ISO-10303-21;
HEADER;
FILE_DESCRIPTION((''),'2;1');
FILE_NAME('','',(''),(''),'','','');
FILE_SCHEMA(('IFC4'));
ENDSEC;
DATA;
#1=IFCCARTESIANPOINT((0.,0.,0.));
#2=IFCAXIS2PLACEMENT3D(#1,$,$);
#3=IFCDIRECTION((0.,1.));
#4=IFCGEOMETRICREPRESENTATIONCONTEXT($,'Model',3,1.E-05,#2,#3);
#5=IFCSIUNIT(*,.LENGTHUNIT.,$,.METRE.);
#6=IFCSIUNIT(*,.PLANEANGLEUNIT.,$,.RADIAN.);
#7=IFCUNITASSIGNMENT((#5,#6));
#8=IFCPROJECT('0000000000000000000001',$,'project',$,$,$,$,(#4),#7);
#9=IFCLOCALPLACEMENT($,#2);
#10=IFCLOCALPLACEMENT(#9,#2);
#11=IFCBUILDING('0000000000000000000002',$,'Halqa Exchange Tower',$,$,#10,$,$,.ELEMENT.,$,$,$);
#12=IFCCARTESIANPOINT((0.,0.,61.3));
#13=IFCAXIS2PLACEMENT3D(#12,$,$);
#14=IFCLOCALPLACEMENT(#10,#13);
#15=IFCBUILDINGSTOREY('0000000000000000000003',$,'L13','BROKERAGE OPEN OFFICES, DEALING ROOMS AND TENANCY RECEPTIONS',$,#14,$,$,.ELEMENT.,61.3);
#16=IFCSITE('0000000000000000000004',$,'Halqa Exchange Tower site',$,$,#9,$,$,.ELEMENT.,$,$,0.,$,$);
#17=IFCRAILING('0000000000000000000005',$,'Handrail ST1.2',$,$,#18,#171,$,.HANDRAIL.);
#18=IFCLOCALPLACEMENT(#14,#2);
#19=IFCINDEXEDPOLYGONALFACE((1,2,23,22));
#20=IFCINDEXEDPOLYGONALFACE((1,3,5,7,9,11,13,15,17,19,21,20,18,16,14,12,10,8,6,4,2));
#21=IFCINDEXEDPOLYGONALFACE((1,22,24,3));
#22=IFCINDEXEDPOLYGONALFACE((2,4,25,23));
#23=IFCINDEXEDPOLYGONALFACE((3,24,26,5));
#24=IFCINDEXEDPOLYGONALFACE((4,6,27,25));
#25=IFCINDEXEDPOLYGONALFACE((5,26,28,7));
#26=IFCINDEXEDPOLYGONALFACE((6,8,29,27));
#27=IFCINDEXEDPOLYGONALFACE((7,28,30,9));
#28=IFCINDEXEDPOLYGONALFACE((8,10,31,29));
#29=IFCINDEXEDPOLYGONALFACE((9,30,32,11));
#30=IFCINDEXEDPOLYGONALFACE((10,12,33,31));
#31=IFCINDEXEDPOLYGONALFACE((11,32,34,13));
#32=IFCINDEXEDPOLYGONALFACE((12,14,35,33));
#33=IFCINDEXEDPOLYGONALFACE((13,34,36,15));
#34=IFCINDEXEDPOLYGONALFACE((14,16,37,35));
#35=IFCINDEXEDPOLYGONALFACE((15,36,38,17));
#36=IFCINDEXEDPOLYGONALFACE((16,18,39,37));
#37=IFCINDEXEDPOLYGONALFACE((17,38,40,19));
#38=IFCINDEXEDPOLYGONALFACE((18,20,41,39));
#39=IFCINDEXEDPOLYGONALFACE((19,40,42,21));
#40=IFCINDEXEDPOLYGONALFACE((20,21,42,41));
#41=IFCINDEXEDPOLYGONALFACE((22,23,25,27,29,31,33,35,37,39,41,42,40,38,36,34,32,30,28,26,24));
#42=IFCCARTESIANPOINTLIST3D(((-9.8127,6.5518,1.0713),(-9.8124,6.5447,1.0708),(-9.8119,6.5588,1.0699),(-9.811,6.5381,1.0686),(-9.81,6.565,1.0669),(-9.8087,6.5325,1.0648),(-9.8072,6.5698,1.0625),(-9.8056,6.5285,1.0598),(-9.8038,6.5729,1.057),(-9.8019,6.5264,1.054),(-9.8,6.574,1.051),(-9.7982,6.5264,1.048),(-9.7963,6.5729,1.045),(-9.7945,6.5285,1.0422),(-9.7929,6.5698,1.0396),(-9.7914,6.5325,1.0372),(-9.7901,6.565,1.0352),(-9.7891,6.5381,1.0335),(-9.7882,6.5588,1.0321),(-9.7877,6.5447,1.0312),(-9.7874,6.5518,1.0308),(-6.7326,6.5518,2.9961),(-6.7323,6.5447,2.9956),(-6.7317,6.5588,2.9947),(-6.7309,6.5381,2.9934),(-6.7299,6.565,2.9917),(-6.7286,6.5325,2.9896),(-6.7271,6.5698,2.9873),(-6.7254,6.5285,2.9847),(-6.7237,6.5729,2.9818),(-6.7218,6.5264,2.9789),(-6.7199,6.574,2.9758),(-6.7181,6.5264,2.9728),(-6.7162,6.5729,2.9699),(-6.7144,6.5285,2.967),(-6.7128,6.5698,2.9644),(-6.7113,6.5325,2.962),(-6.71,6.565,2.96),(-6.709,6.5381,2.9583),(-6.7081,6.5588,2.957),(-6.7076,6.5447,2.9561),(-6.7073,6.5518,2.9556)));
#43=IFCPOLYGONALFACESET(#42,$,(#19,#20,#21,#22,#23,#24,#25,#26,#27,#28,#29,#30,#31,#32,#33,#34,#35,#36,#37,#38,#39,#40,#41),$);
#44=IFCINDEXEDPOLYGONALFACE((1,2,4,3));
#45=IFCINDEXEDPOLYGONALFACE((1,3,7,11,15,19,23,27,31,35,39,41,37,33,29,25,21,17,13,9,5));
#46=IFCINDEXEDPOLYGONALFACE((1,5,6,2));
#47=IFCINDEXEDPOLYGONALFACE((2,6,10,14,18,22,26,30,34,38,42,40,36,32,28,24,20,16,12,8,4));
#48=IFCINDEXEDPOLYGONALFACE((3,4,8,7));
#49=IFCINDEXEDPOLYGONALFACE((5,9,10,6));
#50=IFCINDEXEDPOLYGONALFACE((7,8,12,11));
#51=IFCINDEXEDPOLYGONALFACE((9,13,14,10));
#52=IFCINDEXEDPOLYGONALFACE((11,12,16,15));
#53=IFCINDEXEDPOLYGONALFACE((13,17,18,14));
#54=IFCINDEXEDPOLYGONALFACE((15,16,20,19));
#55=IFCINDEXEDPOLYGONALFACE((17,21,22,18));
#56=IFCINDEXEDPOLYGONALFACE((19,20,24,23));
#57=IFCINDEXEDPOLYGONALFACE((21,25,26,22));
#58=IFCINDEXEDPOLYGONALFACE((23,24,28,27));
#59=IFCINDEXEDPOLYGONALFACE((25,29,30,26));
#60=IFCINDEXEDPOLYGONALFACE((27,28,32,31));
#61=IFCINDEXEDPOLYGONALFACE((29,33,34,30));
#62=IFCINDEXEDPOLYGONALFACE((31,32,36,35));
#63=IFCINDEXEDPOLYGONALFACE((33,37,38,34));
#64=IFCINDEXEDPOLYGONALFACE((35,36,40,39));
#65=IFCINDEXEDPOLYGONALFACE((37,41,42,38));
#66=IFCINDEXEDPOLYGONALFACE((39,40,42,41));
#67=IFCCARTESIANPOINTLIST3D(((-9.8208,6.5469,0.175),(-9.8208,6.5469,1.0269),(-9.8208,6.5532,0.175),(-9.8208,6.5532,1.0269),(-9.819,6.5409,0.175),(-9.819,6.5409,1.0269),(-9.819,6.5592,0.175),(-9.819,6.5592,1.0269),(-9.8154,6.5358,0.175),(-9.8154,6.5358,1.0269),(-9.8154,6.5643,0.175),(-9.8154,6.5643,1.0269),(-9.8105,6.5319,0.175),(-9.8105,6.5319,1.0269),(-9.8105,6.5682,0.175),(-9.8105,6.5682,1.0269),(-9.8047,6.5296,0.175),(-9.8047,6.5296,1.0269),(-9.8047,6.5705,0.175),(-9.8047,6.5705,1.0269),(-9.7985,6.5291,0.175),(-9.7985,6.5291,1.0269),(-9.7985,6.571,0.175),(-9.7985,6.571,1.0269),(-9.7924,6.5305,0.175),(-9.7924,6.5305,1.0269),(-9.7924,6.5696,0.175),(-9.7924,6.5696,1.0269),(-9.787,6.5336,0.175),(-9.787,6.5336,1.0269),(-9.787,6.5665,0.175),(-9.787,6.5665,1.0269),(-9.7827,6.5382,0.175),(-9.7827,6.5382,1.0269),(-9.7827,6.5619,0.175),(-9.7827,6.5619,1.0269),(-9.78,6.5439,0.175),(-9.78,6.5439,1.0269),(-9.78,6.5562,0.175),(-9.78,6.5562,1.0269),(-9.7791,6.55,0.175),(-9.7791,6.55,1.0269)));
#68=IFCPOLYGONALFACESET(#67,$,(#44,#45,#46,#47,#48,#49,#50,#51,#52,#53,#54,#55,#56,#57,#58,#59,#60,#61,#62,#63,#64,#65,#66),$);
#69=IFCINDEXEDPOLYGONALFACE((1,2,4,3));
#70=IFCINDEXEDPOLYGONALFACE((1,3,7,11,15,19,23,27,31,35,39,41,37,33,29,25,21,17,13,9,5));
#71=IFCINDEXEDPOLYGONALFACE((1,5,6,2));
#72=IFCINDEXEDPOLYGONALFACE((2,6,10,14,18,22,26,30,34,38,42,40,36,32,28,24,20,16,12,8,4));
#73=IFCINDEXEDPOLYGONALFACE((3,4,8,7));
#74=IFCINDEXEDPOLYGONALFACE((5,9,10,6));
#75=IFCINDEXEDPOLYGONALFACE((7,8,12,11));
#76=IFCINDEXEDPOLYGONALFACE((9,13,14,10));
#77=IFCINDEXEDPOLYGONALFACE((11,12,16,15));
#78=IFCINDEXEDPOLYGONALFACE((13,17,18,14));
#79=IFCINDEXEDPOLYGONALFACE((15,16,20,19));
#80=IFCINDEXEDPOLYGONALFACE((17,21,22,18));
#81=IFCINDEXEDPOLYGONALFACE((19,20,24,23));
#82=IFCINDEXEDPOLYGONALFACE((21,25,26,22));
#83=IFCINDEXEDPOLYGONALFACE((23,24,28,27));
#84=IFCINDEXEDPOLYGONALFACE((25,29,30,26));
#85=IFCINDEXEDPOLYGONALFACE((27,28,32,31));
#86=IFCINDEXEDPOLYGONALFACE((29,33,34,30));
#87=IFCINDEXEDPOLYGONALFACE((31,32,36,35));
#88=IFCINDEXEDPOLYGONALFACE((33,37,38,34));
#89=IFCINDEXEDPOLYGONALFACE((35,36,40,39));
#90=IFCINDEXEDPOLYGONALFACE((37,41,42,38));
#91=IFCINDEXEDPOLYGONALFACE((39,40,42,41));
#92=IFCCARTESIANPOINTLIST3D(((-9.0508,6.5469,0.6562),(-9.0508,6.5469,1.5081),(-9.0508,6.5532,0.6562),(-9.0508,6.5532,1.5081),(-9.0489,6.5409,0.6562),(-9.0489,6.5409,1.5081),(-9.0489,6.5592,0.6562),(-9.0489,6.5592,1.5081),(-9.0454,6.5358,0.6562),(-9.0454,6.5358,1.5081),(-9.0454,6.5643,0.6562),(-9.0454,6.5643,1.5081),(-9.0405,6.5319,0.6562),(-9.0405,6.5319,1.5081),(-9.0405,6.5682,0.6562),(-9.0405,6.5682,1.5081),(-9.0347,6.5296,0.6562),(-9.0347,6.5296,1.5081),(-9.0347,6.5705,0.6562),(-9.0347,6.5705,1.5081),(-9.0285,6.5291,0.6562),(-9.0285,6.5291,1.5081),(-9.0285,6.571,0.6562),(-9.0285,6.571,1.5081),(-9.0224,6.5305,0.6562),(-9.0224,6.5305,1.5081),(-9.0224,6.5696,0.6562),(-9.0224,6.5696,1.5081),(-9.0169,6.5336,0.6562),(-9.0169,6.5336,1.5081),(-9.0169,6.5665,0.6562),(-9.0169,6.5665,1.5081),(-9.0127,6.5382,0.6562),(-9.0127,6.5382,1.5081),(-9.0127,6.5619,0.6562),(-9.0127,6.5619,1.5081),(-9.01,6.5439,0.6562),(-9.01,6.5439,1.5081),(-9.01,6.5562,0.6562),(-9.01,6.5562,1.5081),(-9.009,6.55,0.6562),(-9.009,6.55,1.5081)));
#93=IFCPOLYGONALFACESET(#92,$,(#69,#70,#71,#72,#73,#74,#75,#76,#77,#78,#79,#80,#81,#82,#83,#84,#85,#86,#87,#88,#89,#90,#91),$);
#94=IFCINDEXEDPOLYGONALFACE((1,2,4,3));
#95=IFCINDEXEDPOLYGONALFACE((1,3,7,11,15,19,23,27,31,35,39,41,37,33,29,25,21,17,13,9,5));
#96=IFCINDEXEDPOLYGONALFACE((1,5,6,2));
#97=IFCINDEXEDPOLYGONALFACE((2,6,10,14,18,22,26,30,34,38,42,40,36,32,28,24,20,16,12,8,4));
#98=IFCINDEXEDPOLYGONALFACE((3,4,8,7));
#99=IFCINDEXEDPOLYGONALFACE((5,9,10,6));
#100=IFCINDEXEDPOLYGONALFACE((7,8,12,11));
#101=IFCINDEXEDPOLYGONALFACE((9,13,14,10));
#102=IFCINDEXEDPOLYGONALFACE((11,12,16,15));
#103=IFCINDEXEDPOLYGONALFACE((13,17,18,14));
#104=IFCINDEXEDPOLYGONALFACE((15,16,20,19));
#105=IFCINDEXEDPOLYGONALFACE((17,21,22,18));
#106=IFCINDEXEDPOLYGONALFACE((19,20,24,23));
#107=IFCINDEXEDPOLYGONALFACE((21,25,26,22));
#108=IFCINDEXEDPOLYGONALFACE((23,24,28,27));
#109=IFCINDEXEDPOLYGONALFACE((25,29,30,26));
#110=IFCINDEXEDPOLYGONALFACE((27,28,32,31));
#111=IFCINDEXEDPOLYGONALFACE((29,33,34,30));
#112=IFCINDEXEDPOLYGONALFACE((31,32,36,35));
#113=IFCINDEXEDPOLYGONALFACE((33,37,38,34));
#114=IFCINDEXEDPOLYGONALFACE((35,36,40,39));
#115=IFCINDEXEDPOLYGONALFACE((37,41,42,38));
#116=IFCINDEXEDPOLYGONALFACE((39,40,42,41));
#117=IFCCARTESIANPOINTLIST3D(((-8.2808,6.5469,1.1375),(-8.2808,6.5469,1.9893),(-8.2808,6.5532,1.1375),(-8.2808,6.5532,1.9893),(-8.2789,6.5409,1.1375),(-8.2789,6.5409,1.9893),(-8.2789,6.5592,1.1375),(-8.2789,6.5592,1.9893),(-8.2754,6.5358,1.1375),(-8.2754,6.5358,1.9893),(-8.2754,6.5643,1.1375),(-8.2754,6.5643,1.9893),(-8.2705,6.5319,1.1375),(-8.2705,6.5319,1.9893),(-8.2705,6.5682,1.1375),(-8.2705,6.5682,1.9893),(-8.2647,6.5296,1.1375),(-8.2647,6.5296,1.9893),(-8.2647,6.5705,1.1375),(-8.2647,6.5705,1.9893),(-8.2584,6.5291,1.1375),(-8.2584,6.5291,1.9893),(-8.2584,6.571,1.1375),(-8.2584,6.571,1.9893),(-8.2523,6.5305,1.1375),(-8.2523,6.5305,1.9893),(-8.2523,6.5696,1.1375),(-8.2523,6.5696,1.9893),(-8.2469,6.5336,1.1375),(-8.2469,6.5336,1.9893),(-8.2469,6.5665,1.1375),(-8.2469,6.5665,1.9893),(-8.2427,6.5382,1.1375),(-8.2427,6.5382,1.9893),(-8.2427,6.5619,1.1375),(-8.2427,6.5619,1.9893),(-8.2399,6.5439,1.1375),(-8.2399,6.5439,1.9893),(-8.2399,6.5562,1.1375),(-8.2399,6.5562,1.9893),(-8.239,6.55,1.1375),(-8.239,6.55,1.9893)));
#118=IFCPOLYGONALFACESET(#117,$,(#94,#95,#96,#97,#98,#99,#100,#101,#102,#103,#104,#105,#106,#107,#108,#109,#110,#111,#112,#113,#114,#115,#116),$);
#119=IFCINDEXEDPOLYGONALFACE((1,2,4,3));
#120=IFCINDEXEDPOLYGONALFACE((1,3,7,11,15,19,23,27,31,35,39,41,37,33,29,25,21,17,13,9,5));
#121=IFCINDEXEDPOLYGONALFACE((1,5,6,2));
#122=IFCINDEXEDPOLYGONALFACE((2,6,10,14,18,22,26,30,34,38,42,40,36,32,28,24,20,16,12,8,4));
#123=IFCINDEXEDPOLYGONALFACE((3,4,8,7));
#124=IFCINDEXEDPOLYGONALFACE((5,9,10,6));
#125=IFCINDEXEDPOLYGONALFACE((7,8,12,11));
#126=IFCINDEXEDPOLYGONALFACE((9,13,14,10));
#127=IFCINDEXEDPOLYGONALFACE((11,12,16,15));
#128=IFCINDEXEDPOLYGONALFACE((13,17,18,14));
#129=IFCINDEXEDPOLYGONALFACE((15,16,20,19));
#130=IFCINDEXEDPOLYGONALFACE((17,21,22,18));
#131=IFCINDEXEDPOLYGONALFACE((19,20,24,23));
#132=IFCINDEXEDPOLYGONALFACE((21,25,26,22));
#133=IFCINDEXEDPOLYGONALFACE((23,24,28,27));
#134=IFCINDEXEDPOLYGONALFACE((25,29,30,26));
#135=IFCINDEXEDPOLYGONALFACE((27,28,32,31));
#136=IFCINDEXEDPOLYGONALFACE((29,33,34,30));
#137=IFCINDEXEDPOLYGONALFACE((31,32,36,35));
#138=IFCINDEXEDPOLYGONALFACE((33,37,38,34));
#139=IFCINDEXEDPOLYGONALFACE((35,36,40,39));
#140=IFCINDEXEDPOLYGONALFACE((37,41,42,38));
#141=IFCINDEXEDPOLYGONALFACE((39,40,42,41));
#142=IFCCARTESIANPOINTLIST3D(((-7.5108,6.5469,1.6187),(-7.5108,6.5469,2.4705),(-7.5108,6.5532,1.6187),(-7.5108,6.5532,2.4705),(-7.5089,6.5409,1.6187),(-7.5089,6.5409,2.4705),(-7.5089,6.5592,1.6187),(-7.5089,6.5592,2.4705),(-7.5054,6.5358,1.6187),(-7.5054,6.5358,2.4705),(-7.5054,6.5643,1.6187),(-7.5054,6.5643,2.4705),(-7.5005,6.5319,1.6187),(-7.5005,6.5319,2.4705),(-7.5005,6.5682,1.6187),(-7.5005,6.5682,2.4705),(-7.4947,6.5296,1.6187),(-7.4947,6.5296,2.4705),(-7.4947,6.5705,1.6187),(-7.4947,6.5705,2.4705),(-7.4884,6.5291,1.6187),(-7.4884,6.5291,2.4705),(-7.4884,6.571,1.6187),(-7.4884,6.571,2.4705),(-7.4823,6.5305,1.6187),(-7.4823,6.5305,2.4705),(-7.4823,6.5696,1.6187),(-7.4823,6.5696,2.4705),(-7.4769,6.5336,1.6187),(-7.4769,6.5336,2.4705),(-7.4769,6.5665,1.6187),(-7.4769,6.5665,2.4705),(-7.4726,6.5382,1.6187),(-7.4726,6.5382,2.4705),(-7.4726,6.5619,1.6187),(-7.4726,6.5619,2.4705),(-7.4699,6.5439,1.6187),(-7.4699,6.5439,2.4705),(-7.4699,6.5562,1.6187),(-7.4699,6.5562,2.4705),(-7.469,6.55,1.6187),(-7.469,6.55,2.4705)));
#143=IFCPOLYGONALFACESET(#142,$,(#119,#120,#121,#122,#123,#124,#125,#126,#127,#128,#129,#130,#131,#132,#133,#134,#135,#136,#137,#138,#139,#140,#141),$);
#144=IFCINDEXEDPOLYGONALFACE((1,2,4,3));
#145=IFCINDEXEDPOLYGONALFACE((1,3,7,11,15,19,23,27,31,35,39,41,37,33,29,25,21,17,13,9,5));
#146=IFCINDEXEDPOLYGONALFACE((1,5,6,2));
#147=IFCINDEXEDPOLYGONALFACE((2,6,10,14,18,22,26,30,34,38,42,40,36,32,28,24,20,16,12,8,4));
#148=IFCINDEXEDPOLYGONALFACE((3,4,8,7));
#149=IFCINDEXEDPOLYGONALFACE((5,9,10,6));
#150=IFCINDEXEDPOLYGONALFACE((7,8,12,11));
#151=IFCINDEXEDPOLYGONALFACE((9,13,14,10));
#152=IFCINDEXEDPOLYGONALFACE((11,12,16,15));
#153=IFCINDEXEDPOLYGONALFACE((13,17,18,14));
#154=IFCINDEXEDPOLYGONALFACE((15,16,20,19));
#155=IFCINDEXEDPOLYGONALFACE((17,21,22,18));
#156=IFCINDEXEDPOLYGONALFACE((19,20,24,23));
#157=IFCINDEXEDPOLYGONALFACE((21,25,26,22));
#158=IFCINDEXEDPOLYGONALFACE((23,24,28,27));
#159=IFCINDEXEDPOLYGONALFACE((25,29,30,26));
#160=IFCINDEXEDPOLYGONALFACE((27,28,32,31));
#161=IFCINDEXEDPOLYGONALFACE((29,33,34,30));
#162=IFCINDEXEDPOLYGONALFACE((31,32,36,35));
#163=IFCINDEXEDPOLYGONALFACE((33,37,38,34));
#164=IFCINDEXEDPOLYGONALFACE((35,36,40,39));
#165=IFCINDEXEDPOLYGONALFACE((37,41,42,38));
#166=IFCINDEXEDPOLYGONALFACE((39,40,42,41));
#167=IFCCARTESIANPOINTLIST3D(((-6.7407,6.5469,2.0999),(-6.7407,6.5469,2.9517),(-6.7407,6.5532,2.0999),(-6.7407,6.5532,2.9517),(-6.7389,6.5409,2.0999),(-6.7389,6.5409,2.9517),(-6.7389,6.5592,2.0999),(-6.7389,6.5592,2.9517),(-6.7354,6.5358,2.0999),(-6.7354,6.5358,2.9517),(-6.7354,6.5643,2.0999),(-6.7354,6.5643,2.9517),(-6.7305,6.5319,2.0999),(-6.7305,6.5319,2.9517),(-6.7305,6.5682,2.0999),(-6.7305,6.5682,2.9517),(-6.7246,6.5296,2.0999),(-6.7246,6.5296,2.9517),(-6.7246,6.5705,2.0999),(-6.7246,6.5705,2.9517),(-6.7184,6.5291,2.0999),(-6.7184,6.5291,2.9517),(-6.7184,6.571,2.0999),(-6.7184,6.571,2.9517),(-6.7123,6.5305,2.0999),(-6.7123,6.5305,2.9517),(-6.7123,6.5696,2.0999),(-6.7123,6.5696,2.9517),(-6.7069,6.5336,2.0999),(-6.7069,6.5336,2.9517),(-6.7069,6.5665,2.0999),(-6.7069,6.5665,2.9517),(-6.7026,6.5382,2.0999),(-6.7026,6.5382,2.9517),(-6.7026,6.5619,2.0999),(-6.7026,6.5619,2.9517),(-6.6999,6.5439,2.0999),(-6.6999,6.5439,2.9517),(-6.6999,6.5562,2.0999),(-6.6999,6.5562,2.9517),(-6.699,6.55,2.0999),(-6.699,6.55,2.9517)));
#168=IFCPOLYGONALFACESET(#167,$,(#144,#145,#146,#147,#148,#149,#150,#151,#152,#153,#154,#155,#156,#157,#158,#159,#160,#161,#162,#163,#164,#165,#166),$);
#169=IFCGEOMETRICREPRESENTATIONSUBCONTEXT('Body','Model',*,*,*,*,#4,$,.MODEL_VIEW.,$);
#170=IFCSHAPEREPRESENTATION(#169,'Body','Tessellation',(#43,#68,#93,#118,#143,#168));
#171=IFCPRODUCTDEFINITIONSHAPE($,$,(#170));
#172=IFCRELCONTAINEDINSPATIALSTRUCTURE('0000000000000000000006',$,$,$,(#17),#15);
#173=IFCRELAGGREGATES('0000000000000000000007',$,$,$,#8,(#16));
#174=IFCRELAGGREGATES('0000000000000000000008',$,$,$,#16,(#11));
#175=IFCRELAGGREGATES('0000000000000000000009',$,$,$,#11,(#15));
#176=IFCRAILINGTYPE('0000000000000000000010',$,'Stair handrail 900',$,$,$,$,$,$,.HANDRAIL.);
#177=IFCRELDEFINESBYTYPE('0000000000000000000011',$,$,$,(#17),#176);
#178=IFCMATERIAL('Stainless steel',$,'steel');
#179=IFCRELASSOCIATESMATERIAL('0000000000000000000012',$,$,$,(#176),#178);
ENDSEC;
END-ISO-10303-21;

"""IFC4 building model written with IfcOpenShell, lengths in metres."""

from ifc_helpers import new_model, si_unit, direction, frame, origin, origin_2d, place, context, subcontext, project, spatial, circle, extrude, material, type_object, element, save


model = new_model("IFC4")

# Units and contexts
model_context = context("Model", 3, precision=1e-05, world=origin(), true_north=direction((0.0, 1.0)))
body_context = subcontext(model_context, "Body", "Model", "MODEL_VIEW")
ifc_project = project(units=[si_unit("LENGTHUNIT", "METRE"), si_unit("PLANEANGLEUNIT", "RADIAN")], contexts=[model_context])

# Site, building, storey
site_placement = place(None, origin())
site = spatial("IfcSite", under=ifc_project, at=site_placement, Name="Halqa Exchange Tower site", CompositionType="ELEMENT", RefElevation=0.0)
building_placement = place(site_placement, origin())
building = spatial("IfcBuilding", under=site, at=building_placement, Name="Halqa Exchange Tower", CompositionType="ELEMENT")
storey_placement = place(building_placement, frame((0.0, 0.0, 61.3)))
storey = spatial("IfcBuildingStorey", under=building, at=storey_placement, Name="L13", Description="BROKERAGE OPEN OFFICES, DEALING ROOMS AND TENANCY RECEPTIONS", CompositionType="ELEMENT", Elevation=61.3)

# Shared definitions
ifc_material_1 = material(Name="Stainless steel", Category="steel")

# Railing
railing_type_1 = type_object("IfcRailingType", Name="Stair handrail 900", PredefinedType="HANDRAIL", material=ifc_material_1)
railing_1_placement = place(storey_placement, frame((-9.8, 6.55, 0.175)))
element("IfcRailing", 1, at=railing_1_placement, inside=storey, type_object=railing_type_1, Name="Handrail ST1.2", PredefinedType="HANDRAIL", context=body_context, shape_type="SweptSolid", body=[
    extrude(circle(Radius=0.0239, at=origin_2d()), frame((0.0, 0.0, 0.876), z_axis=(0.848029, 0.0, 0.529951), x_axis=(0.0, 1.0, 0.0)), (0.0, 0.0, 1.0), 3.6321),
    extrude(circle(Radius=0.021, at=origin_2d()), origin(), (0.0, 0.0, 1.0), 0.8518),
    extrude(circle(Radius=0.021, at=origin_2d()), frame((0.77, 0.0, 0.4812)), (0.0, 0.0, 1.0), 0.8518),
    extrude(circle(Radius=0.021, at=origin_2d()), frame((1.54, 0.0, 0.9624)), (0.0, 0.0, 1.0), 0.8518),
    extrude(circle(Radius=0.021, at=origin_2d()), frame((2.3101, 0.0, 1.4436)), (0.0, 0.0, 1.0), 0.8518),
    extrude(circle(Radius=0.021, at=origin_2d()), frame((3.0801, 0.0, 1.9248)), (0.0, 0.0, 1.0), 0.8518),
])

save(model, "model.ifc")
